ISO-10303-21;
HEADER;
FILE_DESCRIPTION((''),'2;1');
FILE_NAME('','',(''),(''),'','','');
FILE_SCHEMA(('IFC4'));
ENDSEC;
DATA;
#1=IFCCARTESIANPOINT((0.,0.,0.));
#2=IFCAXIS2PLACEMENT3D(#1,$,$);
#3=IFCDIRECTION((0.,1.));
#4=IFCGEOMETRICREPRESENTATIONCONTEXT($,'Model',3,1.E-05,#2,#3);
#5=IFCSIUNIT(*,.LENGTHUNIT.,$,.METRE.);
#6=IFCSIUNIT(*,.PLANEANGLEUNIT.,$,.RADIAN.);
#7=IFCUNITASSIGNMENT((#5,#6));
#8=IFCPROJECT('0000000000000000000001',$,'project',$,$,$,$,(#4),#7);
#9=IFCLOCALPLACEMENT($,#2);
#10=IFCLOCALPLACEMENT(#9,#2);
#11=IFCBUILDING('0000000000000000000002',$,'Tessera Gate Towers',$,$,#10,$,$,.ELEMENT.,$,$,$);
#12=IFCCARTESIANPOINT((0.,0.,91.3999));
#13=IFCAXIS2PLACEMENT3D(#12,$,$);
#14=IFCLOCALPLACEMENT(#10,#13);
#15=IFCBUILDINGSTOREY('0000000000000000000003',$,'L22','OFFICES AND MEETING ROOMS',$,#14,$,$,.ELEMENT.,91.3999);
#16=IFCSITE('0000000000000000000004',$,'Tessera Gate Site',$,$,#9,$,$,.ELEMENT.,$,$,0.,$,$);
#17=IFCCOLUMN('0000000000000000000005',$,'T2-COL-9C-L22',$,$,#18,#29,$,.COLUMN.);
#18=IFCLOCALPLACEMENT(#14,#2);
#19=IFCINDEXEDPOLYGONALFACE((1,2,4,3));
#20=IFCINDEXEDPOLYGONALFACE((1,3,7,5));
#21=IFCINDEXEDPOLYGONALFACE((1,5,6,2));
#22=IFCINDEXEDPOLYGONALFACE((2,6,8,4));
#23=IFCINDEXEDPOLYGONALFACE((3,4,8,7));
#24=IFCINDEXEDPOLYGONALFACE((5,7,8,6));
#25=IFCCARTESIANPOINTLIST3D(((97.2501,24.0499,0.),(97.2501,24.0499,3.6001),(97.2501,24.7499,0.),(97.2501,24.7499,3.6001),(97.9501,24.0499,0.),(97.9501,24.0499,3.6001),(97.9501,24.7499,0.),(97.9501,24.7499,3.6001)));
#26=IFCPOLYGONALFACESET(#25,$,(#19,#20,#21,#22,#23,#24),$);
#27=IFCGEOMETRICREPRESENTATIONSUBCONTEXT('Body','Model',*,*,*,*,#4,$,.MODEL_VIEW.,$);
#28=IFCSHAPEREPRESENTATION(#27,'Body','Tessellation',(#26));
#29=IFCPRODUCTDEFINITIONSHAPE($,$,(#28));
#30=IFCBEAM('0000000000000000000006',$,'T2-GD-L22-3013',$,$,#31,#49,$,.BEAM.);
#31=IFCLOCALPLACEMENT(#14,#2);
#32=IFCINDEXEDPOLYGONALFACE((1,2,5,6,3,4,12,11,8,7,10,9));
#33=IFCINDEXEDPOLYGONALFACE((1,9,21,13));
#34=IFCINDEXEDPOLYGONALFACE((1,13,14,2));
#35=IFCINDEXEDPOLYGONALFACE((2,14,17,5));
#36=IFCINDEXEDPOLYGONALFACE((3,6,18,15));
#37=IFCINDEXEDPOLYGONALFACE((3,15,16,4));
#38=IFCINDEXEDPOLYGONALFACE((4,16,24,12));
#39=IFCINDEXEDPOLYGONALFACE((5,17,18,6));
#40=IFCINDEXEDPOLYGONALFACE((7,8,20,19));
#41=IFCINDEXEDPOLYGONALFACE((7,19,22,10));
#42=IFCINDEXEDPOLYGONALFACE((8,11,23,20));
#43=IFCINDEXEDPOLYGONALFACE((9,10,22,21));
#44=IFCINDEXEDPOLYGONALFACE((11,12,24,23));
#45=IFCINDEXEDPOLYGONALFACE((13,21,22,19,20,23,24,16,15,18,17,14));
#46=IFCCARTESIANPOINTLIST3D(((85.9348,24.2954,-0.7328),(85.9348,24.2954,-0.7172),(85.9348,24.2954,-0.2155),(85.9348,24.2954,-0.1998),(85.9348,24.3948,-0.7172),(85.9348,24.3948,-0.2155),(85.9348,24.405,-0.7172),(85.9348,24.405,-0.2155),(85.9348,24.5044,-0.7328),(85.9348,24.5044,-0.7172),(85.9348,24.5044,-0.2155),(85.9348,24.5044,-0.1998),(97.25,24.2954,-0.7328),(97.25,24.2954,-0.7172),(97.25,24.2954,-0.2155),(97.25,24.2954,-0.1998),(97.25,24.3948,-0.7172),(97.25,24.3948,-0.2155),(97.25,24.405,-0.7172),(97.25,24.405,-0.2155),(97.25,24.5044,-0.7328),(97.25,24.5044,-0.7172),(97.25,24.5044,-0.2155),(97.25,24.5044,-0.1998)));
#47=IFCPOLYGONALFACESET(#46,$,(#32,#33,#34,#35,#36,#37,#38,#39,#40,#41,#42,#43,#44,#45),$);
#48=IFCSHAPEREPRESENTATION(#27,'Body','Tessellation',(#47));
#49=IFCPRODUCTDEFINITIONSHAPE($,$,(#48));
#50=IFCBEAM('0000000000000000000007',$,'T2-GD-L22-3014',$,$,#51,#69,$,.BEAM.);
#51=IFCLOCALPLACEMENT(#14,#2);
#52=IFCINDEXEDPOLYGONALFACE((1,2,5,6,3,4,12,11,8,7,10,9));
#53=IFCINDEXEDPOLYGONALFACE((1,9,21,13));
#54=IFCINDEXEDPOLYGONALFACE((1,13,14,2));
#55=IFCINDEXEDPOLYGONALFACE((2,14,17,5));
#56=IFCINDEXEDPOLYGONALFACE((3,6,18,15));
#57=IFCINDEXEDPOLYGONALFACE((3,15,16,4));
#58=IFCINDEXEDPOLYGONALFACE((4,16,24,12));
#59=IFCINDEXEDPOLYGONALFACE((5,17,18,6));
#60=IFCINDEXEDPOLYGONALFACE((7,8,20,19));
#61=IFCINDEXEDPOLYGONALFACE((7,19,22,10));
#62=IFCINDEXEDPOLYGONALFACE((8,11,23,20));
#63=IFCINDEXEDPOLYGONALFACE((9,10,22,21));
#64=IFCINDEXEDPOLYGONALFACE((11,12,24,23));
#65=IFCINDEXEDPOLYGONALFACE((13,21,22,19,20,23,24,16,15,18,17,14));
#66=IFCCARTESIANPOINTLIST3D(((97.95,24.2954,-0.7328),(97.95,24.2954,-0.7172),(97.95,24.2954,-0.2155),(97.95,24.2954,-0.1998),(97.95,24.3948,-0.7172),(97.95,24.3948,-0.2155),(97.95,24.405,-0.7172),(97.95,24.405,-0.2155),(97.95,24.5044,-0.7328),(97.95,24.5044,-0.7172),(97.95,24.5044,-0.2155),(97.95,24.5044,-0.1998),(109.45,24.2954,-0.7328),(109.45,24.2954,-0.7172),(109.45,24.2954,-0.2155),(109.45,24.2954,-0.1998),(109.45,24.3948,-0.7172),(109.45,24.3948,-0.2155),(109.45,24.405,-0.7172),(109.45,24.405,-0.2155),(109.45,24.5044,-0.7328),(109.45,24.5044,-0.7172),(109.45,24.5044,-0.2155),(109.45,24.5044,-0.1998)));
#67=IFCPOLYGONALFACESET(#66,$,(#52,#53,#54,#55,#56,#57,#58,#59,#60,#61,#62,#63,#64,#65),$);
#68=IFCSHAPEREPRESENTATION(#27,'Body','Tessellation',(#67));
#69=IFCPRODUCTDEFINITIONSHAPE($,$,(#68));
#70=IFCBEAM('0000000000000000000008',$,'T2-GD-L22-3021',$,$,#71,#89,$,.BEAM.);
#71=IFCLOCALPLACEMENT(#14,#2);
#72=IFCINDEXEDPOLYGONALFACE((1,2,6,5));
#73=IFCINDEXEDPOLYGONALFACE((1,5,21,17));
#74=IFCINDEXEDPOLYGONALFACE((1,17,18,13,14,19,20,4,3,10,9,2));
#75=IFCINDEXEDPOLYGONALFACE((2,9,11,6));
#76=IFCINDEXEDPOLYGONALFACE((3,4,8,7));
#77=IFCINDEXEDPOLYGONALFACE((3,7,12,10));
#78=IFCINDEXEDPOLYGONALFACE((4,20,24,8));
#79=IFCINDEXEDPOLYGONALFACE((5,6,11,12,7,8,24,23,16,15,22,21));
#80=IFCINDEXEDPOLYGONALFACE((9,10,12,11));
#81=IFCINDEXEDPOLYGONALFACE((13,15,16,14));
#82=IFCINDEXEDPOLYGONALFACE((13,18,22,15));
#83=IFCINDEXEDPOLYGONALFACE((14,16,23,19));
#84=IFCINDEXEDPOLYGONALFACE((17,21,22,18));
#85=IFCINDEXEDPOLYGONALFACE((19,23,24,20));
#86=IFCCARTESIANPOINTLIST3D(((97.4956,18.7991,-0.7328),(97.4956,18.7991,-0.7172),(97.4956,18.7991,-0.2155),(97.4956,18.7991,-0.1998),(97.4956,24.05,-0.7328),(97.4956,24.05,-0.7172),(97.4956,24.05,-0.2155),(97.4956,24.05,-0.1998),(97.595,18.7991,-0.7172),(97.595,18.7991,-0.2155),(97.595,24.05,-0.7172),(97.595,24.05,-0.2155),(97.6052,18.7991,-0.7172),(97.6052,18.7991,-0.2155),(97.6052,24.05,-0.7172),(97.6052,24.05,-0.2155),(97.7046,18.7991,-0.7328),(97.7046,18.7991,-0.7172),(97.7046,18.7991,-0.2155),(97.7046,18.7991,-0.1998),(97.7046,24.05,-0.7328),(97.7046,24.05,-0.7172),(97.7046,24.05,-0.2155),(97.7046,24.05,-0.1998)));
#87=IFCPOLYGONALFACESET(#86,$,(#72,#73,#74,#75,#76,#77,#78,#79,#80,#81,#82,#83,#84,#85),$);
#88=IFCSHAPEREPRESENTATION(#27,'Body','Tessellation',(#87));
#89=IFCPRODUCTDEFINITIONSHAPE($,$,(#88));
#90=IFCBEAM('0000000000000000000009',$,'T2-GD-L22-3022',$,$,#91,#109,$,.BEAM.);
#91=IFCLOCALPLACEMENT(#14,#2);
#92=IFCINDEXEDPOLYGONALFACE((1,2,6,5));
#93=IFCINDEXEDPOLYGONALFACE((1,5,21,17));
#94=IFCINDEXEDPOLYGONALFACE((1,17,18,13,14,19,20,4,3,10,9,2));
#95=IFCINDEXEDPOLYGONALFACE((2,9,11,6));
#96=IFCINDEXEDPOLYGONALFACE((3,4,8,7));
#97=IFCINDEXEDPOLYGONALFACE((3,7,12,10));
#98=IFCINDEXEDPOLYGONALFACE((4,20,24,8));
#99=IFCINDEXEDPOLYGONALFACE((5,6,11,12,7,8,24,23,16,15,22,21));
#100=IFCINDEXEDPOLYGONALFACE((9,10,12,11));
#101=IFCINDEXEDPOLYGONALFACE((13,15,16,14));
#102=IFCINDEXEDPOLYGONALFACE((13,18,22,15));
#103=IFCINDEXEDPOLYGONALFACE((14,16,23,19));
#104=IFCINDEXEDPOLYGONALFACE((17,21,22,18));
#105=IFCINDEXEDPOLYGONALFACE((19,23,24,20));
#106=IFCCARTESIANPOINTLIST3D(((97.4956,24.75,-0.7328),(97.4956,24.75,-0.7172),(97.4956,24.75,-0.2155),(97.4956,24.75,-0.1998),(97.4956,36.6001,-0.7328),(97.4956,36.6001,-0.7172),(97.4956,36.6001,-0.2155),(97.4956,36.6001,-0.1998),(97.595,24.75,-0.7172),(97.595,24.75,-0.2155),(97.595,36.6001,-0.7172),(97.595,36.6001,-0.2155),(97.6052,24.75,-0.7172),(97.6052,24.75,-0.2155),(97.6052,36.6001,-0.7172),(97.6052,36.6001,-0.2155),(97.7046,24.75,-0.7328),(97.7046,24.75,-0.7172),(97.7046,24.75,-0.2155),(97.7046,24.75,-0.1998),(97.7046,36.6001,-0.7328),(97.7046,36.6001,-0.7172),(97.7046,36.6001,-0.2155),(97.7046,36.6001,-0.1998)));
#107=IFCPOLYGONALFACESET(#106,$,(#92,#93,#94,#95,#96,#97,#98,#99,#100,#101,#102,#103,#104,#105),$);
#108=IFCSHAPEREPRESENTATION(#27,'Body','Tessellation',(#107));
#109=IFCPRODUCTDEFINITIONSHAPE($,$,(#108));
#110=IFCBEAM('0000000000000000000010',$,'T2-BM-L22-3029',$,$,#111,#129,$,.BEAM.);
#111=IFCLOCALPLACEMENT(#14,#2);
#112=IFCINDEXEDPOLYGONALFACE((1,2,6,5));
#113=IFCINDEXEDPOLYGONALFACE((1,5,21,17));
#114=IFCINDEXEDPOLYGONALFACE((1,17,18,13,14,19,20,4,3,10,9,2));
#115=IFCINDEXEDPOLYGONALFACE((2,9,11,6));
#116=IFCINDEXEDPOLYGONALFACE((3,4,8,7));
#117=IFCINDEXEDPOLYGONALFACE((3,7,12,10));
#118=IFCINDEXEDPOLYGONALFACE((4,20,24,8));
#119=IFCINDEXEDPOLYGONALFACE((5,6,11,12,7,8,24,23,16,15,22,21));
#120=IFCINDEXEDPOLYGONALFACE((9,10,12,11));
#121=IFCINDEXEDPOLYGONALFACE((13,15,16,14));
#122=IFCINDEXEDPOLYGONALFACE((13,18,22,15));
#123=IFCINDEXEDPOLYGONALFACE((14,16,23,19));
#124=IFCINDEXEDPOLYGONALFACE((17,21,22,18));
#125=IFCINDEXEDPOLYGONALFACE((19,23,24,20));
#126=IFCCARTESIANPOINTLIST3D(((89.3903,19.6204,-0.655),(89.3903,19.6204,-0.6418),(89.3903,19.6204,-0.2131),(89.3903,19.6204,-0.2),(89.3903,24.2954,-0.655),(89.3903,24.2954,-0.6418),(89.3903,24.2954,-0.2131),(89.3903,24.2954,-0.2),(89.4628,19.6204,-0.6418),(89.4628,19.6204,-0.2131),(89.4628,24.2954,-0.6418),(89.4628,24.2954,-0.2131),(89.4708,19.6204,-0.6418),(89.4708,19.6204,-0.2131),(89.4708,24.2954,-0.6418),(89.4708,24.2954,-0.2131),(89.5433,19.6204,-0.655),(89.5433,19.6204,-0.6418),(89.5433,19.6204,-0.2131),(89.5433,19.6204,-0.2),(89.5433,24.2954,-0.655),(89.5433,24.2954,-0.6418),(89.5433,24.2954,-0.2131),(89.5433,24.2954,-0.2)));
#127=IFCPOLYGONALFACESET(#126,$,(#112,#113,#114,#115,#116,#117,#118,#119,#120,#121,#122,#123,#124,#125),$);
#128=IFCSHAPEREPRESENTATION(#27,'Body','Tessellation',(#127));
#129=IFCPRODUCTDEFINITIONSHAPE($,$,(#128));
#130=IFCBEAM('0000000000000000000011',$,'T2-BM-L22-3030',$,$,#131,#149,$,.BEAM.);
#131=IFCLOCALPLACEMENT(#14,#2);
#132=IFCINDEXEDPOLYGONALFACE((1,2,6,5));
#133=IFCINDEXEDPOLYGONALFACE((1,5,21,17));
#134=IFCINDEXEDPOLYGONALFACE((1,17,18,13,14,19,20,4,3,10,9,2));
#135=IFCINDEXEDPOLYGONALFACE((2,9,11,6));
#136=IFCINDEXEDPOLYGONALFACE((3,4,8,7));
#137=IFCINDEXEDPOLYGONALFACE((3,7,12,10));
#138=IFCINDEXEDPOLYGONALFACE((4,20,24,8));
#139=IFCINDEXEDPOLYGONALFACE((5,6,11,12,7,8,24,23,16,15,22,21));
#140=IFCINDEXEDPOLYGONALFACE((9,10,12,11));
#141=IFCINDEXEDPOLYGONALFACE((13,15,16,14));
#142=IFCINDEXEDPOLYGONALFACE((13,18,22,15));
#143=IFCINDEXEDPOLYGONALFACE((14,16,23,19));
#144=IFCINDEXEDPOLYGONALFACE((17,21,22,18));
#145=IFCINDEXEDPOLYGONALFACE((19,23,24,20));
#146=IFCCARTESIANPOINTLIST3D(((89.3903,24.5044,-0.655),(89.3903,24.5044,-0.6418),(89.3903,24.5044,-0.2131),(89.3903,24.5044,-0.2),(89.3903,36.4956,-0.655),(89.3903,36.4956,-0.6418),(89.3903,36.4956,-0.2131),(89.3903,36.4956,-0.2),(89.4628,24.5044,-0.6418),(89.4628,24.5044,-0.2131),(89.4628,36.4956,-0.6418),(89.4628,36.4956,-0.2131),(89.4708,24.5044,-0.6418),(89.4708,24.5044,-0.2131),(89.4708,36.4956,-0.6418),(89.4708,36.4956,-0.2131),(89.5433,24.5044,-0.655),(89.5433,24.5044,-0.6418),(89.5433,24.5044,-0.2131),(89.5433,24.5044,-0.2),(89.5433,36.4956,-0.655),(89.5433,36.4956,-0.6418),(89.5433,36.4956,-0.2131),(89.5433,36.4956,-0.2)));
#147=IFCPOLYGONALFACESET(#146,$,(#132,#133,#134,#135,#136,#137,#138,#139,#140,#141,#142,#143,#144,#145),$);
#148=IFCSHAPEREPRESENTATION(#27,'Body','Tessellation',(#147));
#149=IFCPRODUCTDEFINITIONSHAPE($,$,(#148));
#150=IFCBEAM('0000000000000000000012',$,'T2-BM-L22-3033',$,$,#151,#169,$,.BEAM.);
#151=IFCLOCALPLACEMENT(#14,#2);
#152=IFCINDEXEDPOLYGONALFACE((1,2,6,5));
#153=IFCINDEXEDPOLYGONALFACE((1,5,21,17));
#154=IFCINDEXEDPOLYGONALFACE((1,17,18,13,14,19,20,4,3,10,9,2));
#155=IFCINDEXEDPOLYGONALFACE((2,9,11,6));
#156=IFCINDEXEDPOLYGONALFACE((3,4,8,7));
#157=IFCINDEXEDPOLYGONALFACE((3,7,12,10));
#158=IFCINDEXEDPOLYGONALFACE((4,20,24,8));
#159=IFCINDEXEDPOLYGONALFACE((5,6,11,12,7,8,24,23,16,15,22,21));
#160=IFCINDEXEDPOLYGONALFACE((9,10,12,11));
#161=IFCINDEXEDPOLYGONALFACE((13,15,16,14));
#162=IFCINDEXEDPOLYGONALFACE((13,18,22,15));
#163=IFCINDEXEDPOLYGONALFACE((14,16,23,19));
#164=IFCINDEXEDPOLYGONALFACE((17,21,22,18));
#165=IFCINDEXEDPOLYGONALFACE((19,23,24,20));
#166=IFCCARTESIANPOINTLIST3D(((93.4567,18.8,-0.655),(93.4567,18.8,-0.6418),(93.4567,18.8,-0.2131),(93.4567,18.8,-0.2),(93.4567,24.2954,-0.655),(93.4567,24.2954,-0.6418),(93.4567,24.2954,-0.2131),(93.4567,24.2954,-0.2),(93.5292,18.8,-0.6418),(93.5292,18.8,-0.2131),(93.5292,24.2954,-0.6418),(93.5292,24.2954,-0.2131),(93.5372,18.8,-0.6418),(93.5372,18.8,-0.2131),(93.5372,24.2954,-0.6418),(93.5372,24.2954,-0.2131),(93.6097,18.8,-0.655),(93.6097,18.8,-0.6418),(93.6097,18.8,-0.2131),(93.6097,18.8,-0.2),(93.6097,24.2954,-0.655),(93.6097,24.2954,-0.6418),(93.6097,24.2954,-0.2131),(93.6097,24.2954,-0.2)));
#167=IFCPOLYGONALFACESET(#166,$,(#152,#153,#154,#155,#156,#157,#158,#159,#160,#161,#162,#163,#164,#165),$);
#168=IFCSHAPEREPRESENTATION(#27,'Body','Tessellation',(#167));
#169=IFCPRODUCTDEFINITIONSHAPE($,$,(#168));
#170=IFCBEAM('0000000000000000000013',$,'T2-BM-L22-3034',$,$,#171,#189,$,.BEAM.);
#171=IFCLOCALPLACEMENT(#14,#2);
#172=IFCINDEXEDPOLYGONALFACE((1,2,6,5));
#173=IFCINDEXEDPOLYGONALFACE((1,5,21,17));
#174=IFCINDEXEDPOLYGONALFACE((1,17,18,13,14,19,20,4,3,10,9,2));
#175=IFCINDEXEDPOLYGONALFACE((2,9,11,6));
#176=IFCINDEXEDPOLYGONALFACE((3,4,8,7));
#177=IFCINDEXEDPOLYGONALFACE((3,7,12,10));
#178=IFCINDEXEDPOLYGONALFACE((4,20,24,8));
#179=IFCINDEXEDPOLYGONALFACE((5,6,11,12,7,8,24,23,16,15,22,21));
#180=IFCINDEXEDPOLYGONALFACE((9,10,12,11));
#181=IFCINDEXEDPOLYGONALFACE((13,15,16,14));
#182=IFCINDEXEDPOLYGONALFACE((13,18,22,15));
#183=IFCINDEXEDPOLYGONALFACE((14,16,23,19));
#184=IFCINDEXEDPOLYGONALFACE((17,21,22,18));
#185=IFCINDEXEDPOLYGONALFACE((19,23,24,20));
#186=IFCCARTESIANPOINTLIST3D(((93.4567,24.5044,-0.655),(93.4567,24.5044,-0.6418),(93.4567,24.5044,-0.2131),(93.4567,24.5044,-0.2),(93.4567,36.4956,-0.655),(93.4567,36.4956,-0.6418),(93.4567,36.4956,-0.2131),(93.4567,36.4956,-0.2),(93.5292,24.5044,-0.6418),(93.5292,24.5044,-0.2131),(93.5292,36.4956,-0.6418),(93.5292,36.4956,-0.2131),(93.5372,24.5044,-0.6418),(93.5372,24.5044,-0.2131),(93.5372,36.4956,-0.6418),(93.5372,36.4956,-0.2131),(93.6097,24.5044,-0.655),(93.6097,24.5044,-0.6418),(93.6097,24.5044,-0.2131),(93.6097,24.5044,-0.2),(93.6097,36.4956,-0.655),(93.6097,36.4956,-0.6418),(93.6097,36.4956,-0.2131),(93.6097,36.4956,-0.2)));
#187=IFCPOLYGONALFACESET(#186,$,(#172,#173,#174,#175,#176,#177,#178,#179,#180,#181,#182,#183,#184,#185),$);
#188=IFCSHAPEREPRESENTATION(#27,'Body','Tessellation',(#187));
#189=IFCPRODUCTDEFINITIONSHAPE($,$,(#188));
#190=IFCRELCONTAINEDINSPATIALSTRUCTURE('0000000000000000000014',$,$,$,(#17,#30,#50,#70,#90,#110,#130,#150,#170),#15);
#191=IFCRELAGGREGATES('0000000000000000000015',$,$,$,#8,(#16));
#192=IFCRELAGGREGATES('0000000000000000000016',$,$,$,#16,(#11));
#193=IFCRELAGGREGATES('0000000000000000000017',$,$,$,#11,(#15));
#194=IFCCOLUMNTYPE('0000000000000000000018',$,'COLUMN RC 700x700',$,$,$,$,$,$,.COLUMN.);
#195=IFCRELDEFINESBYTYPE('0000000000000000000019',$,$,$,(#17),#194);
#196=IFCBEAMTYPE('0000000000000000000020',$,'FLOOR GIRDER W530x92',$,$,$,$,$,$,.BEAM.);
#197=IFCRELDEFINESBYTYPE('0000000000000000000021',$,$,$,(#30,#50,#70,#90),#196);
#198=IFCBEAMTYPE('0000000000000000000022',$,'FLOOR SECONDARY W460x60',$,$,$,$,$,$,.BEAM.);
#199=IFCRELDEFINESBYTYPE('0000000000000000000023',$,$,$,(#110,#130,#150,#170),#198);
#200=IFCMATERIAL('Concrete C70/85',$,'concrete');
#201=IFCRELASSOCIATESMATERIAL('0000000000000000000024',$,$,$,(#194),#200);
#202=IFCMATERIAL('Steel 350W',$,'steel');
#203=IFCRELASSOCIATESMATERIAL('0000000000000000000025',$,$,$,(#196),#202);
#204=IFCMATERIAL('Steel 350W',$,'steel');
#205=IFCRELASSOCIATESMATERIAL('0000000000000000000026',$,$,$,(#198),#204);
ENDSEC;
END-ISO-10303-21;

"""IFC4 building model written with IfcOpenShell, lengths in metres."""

from ifc_helpers import new_model, si_unit, direction, frame, origin, origin_2d, place, context, subcontext, project, spatial, rectangle, i_section, extrude, material, material_profile, profile_set, type_object, element, save


model = new_model("IFC4")

# Units and contexts
model_context = context("Model", 3, precision=1e-05, world=origin(), true_north=direction((0.0, 1.0)))
body_context = subcontext(model_context, "Body", "Model", "MODEL_VIEW")
ifc_project = project(units=[si_unit("LENGTHUNIT", "METRE"), si_unit("PLANEANGLEUNIT", "RADIAN")], contexts=[model_context])

# Site, building, storey
site_placement = place(None, origin())
site = spatial("IfcSite", under=ifc_project, at=site_placement, Name="Tessera Gate Site", CompositionType="ELEMENT", RefElevation=0.0)
building_placement = place(site_placement, origin())
building = spatial("IfcBuilding", under=site, at=building_placement, Name="Tessera Gate Towers", CompositionType="ELEMENT")
storey_placement = place(building_placement, frame((0.0, 0.0, 91.3999)))
storey = spatial("IfcBuildingStorey", under=building, at=storey_placement, Name="L22", Description="OFFICES AND MEETING ROOMS", CompositionType="ELEMENT", Elevation=91.3999)

# Column
ifc_material_1 = material(Name="Concrete C70/85", Category="concrete")
ifc_material_profile_1 = material_profile(ifc_material_1, rectangle(XDim=0.7, YDim=0.7, at=origin_2d()), Name="RC 700x700")
ifc_profile_set_1 = profile_set([ifc_material_profile_1], Name="Concrete C70/85")
column_type = type_object("IfcColumnType", Name="COLUMN RC 700x700", PredefinedType="COLUMN", material=ifc_profile_set_1)
column_placement = place(storey_placement, frame((97.6001, 24.3999, 0.0), z_axis=(0.0, 0.0, 1.0), x_axis=(1.0, 0.0, 0.0)))
element("IfcColumn", 1, at=column_placement, inside=storey, type_object=column_type, Name="T2-COL-9C-L22", PredefinedType="COLUMN", context=body_context, shape_type="SweptSolid", body=[
    extrude(rectangle(XDim=0.7, YDim=0.7, at=origin_2d()), origin(), (0.0, 0.0, 1.0), 3.6001),
])

# Beams
ifc_material_2 = material(Name="Steel 350W", Category="steel")
ifc_material_profile_2 = material_profile(ifc_material_2, i_section(OverallWidth=0.209, OverallDepth=0.533, WebThickness=0.0103, FlangeThickness=0.0156, at=origin_2d()), Name="W530x92")
ifc_profile_set_2 = profile_set([ifc_material_profile_2], Name="Steel 350W")
beam_type_1 = type_object("IfcBeamType", Name="FLOOR GIRDER W530x92", PredefinedType="BEAM", material=ifc_profile_set_2)
beam_1_placement = place(storey_placement, frame((85.9348, 24.3999, -0.4663), z_axis=(1.0, 0.0, 0.0), x_axis=(0.0, 1.0, 0.0)))
element("IfcBeam", 2, at=beam_1_placement, inside=storey, type_object=beam_type_1, Name="T2-GD-L22-3013", PredefinedType="BEAM", context=body_context, shape_type="SweptSolid", body=[
    extrude(i_section(OverallWidth=0.209, OverallDepth=0.533, WebThickness=0.0103, FlangeThickness=0.0156, at=origin_2d()), origin(), (0.0, 0.0, 1.0), 11.3152),
])
beam_2_placement = place(storey_placement, frame((97.95, 24.3999, -0.4663), z_axis=(1.0, 0.0, 0.0), x_axis=(0.0, 1.0, 0.0)))
element("IfcBeam", 3, at=beam_2_placement, inside=storey, type_object=beam_type_1, Name="T2-GD-L22-3014", PredefinedType="BEAM", context=body_context, shape_type="SweptSolid", body=[
    extrude(i_section(OverallWidth=0.209, OverallDepth=0.533, WebThickness=0.0103, FlangeThickness=0.0156, at=origin_2d()), origin(), (0.0, 0.0, 1.0), 11.5),
])
beam_3_placement = place(storey_placement, frame((97.6001, 18.7991, -0.4663), z_axis=(0.0, 1.0, 0.0), x_axis=(-1.0, 0.0, 0.0)))
element("IfcBeam", 4, at=beam_3_placement, inside=storey, type_object=beam_type_1, Name="T2-GD-L22-3021", PredefinedType="BEAM", context=body_context, shape_type="SweptSolid", body=[
    extrude(i_section(OverallWidth=0.209, OverallDepth=0.533, WebThickness=0.0103, FlangeThickness=0.0156, at=origin_2d()), origin(), (0.0, 0.0, 1.0), 5.251),
])
beam_4_placement = place(storey_placement, frame((97.6001, 24.75, -0.4663), z_axis=(0.0, 1.0, 0.0), x_axis=(-1.0, 0.0, 0.0)))
element("IfcBeam", 5, at=beam_4_placement, inside=storey, type_object=beam_type_1, Name="T2-GD-L22-3022", PredefinedType="BEAM", context=body_context, shape_type="SweptSolid", body=[
    extrude(i_section(OverallWidth=0.209, OverallDepth=0.533, WebThickness=0.0103, FlangeThickness=0.0156, at=origin_2d()), origin(), (0.0, 0.0, 1.0), 11.8501),
])
ifc_material_3 = material(Name="Steel 350W", Category="steel")
ifc_material_profile_3 = material_profile(ifc_material_3, i_section(OverallWidth=0.1531, OverallDepth=0.4551, WebThickness=0.0081, FlangeThickness=0.0132, at=origin_2d()), Name="W460x60")
ifc_profile_set_3 = profile_set([ifc_material_profile_3], Name="Steel 350W")
beam_type_2 = type_object("IfcBeamType", Name="FLOOR SECONDARY W460x60", PredefinedType="BEAM", material=ifc_profile_set_3)
beam_5_placement = place(storey_placement, frame((89.4668, 19.6204, -0.4275), z_axis=(0.0, 1.0, 0.0), x_axis=(-1.0, 0.0, 0.0)))
element("IfcBeam", 6, at=beam_5_placement, inside=storey, type_object=beam_type_2, Name="T2-BM-L22-3029", PredefinedType="BEAM", context=body_context, shape_type="SweptSolid", body=[
    extrude(i_section(OverallWidth=0.1531, OverallDepth=0.4551, WebThickness=0.0081, FlangeThickness=0.0132, at=origin_2d()), origin(), (0.0, 0.0, 1.0), 4.675),
])
beam_6_placement = place(storey_placement, frame((89.4668, 24.5044, -0.4275), z_axis=(0.0, 1.0, 0.0), x_axis=(-1.0, 0.0, 0.0)))
element("IfcBeam", 7, at=beam_6_placement, inside=storey, type_object=beam_type_2, Name="T2-BM-L22-3030", PredefinedType="BEAM", context=body_context, shape_type="SweptSolid", body=[
    extrude(i_section(OverallWidth=0.1531, OverallDepth=0.4551, WebThickness=0.0081, FlangeThickness=0.0132, at=origin_2d()), origin(), (0.0, 0.0, 1.0), 11.9912),
])
beam_7_placement = place(storey_placement, frame((93.5332, 18.8, -0.4275), z_axis=(0.0, 1.0, 0.0), x_axis=(-1.0, 0.0, 0.0)))
element("IfcBeam", 8, at=beam_7_placement, inside=storey, type_object=beam_type_2, Name="T2-BM-L22-3033", PredefinedType="BEAM", context=body_context, shape_type="SweptSolid", body=[
    extrude(i_section(OverallWidth=0.1531, OverallDepth=0.4551, WebThickness=0.0081, FlangeThickness=0.0132, at=origin_2d()), origin(), (0.0, 0.0, 1.0), 5.4954),
])
beam_8_placement = place(storey_placement, frame((93.5332, 24.5044, -0.4275), z_axis=(0.0, 1.0, 0.0), x_axis=(-1.0, 0.0, 0.0)))
element("IfcBeam", 9, at=beam_8_placement, inside=storey, type_object=beam_type_2, Name="T2-BM-L22-3034", PredefinedType="BEAM", context=body_context, shape_type="SweptSolid", body=[
    extrude(i_section(OverallWidth=0.1531, OverallDepth=0.4551, WebThickness=0.0081, FlangeThickness=0.0132, at=origin_2d()), origin(), (0.0, 0.0, 1.0), 11.9912),
])

save(model, "model.ifc")
